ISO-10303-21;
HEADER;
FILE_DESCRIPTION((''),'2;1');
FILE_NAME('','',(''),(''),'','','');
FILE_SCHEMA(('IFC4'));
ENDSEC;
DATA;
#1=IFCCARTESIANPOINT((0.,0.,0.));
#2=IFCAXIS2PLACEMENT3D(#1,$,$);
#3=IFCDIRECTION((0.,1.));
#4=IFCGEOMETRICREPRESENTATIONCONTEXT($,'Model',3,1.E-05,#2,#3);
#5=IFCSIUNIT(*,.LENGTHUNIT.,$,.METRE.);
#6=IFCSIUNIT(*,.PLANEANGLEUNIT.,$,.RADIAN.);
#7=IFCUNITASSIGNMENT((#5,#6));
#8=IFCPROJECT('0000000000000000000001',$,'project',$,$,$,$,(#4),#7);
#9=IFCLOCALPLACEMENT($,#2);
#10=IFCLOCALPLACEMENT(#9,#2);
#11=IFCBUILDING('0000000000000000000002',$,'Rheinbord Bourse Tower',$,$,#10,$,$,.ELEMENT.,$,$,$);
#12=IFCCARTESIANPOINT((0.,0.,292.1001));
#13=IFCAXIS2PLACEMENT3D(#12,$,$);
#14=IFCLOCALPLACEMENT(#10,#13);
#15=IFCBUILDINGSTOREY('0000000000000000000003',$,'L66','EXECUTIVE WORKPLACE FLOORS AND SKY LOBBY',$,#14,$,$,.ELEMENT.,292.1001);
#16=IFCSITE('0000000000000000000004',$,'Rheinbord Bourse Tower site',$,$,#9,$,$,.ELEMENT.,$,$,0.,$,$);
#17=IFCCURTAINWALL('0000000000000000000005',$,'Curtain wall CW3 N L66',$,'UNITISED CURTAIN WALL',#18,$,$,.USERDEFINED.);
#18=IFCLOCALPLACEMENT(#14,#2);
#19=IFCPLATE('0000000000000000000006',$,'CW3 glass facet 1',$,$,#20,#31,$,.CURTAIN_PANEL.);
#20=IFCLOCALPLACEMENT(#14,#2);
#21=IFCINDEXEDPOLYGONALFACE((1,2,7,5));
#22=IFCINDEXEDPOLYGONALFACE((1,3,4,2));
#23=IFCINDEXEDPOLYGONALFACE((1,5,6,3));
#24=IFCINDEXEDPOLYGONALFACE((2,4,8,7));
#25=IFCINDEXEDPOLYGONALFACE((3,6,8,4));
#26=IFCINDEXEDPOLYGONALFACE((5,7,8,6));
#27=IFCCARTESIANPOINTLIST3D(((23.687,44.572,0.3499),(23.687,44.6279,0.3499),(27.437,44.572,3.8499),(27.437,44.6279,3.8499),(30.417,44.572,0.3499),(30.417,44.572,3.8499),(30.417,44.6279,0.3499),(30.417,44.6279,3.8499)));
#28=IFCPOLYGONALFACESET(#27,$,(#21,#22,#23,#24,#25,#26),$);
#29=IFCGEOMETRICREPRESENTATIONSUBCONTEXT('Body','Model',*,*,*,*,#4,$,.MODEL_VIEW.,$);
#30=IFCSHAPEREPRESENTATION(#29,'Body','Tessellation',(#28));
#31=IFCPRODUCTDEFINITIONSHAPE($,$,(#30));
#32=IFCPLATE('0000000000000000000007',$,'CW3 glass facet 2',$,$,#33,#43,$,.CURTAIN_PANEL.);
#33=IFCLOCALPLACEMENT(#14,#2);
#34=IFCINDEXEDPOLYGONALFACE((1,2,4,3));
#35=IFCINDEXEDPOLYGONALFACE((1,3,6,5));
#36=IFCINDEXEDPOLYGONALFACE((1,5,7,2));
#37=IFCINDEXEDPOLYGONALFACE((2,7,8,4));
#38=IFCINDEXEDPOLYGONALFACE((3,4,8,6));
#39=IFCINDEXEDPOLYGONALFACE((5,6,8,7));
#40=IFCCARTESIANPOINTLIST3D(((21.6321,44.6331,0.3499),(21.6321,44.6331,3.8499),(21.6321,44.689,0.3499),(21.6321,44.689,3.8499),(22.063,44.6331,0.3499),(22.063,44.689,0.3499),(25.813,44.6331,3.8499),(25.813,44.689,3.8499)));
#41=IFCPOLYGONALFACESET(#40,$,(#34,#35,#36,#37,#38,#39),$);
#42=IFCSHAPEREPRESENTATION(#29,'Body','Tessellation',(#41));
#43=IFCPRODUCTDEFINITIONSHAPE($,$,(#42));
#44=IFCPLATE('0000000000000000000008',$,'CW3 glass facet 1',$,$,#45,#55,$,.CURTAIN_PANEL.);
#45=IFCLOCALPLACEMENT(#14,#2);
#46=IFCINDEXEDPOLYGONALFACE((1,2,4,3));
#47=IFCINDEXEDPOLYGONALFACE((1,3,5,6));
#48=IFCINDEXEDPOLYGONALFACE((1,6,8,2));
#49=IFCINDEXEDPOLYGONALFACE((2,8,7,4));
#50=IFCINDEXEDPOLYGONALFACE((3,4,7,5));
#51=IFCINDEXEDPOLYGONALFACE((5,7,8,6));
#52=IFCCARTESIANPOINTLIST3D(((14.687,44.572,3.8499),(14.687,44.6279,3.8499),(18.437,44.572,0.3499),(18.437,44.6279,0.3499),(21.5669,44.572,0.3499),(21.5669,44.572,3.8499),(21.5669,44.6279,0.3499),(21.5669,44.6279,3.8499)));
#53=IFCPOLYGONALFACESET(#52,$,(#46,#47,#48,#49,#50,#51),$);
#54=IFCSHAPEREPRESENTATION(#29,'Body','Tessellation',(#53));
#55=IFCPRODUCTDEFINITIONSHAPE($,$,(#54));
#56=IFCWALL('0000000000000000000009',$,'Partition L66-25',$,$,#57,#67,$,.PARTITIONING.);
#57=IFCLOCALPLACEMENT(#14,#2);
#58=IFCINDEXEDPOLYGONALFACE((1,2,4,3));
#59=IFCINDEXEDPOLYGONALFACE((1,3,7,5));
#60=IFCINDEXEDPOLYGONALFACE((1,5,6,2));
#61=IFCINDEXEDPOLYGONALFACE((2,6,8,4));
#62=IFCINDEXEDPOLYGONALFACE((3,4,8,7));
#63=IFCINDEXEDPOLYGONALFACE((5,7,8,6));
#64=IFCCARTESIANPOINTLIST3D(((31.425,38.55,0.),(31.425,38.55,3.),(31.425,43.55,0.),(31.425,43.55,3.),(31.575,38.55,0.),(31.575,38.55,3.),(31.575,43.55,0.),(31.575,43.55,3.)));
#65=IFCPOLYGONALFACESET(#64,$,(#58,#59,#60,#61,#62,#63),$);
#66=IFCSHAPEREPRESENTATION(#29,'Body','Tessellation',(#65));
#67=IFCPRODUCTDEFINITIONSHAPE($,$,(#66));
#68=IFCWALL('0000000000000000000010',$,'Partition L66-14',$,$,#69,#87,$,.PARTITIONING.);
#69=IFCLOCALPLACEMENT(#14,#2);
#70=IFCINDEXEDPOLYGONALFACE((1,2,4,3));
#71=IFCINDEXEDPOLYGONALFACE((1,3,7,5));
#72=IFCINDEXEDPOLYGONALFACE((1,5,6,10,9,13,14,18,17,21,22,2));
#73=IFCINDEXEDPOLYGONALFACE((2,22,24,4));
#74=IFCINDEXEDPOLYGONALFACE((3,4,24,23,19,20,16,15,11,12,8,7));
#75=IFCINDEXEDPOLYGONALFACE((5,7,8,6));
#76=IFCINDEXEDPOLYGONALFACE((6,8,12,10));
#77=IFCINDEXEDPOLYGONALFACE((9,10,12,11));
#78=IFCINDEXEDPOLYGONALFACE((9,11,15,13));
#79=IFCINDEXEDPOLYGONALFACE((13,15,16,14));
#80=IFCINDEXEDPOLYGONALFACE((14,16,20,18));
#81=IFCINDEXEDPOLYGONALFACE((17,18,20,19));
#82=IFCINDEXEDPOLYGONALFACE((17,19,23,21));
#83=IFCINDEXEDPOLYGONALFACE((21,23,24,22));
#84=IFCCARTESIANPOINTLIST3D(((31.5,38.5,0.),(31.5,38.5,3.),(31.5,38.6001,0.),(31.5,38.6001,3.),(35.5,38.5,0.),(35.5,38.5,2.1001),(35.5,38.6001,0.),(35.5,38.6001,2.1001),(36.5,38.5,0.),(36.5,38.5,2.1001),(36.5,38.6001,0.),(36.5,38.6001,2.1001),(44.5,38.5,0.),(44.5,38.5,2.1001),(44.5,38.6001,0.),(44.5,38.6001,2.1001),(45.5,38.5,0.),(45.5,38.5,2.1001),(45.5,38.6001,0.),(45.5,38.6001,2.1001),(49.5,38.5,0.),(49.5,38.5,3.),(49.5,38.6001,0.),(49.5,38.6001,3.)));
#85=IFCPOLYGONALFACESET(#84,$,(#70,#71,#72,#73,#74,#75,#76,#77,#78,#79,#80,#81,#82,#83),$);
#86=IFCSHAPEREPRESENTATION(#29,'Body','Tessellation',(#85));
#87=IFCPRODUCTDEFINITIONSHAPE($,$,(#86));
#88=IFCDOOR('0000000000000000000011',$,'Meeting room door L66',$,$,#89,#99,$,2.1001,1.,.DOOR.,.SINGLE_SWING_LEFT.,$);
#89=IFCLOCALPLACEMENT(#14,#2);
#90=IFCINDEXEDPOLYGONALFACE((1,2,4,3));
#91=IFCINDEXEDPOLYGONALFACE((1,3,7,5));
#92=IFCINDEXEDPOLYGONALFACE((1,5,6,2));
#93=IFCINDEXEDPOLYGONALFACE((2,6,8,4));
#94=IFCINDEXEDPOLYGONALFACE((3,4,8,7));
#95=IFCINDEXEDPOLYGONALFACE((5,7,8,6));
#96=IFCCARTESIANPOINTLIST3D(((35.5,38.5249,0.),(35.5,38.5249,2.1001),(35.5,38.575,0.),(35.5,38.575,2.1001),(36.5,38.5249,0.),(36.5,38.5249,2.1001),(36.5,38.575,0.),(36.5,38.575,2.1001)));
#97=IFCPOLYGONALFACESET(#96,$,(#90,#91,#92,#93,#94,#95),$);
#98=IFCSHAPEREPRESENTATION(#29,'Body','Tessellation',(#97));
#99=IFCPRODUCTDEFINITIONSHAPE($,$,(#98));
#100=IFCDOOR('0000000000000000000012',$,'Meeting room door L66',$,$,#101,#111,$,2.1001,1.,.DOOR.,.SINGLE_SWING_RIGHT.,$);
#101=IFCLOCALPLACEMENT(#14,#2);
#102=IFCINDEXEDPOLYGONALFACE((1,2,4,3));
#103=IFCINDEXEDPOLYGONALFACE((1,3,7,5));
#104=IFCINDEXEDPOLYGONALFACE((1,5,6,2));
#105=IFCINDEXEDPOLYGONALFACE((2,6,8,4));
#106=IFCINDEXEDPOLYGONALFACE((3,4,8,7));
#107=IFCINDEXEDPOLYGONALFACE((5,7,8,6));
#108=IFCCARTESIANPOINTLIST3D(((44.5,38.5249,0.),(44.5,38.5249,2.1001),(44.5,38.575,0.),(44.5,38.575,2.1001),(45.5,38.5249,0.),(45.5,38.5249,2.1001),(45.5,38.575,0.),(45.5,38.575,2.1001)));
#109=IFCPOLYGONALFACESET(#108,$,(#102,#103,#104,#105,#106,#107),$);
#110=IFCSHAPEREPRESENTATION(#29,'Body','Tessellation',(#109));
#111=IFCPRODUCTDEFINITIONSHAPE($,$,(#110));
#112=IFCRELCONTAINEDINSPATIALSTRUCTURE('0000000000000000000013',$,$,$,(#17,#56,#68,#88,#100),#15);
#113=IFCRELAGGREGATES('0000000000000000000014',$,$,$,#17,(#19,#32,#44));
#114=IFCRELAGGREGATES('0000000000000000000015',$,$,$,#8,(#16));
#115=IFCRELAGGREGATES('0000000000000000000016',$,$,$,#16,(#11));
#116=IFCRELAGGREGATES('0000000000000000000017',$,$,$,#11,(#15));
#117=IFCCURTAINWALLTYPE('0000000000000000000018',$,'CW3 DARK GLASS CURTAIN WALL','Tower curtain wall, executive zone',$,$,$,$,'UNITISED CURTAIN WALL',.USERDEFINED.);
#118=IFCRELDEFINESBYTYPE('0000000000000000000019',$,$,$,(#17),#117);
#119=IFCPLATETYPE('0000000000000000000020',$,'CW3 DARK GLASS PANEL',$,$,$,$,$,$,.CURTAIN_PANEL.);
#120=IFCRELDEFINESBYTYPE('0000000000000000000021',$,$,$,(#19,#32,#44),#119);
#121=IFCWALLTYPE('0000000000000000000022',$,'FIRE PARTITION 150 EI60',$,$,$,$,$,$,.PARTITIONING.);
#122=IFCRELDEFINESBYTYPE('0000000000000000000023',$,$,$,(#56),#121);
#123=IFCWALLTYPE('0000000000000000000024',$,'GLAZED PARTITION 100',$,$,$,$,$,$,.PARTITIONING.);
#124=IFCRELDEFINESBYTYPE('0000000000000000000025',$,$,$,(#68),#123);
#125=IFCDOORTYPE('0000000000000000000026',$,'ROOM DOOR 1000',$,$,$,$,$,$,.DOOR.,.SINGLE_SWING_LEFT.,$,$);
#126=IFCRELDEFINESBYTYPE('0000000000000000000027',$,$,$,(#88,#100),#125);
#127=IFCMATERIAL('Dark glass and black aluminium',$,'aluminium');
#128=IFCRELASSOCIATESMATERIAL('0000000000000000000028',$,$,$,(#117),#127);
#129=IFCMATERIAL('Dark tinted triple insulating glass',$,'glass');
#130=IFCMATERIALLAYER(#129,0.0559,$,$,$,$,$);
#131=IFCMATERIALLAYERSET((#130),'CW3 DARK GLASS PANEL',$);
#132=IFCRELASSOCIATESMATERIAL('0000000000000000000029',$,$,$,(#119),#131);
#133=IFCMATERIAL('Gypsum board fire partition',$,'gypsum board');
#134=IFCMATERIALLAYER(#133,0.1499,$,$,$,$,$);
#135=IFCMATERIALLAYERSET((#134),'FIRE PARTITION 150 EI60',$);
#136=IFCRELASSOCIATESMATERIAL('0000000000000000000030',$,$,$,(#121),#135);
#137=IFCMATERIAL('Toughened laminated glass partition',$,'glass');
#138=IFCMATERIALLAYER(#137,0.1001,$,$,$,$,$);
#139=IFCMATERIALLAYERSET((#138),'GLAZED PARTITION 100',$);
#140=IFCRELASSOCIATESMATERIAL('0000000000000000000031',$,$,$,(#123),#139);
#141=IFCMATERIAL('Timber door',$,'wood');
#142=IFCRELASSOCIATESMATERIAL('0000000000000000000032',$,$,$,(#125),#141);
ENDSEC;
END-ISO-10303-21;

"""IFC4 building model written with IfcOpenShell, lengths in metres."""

from ifc_helpers import new_model, si_unit, direction, frame, frame_2d, origin, place, context, subcontext, project, spatial, polyline, rectangle, outline, extrude, material, layer, layer_set, type_object, element, fill, aggregate, save


model = new_model("IFC4")

# Units and contexts
model_context = context("Model", 3, precision=1e-05, world=origin(), true_north=direction((0.0, 1.0)))
body_context = subcontext(model_context, "Body", "Model", "MODEL_VIEW")
ifc_project = project(units=[si_unit("LENGTHUNIT", "METRE"), si_unit("PLANEANGLEUNIT", "RADIAN")], contexts=[model_context])

# Site, building, storey
site_placement = place(None, origin())
site = spatial("IfcSite", under=ifc_project, at=site_placement, Name="Rheinbord Bourse Tower site", CompositionType="ELEMENT", RefElevation=0.0)
building_placement = place(site_placement, origin())
building = spatial("IfcBuilding", under=site, at=building_placement, Name="Rheinbord Bourse Tower", CompositionType="ELEMENT")
storey_placement = place(building_placement, frame((0.0, 0.0, 292.1001)))
storey = spatial("IfcBuildingStorey", under=building, at=storey_placement, Name="L66", Description="EXECUTIVE WORKPLACE FLOORS AND SKY LOBBY", CompositionType="ELEMENT", Elevation=292.1001)

# Curtain wall
ifc_material_1 = material(Name="Dark glass and black aluminium", Category="aluminium")
curtain_wall_type = type_object("IfcCurtainWallType", Name="CW3 DARK GLASS CURTAIN WALL", Description="Tower curtain wall, executive zone", ElementType="UNITISED CURTAIN WALL", PredefinedType="USERDEFINED", material=ifc_material_1)
curtain_wall_placement = place(storey_placement, origin())
curtain_wall = element("IfcCurtainWall", 1, at=curtain_wall_placement, inside=storey, type_object=curtain_wall_type, Name="Curtain wall CW3 N L66", ObjectType="UNITISED CURTAIN WALL", PredefinedType="USERDEFINED")

# Plates
ifc_material_2 = material(Name="Dark tinted triple insulating glass", Category="glass")
ifc_layer_1 = layer(ifc_material_2, 0.0559)
ifc_layer_set_1 = layer_set([ifc_layer_1], Name="CW3 DARK GLASS PANEL")
plate_type = type_object("IfcPlateType", Name="CW3 DARK GLASS PANEL", PredefinedType="CURTAIN_PANEL", material=ifc_layer_set_1)
plate_1_placement = place(storey_placement, frame((30.417, 44.6279, 0.3499), z_axis=(0.0, -1.0, 0.0), x_axis=(0.0, 0.0, 1.0)))
plate_1 = element("IfcPlate", 2, at=plate_1_placement, type_object=plate_type, Name="CW3 glass facet 1", PredefinedType="CURTAIN_PANEL", context=body_context, shape_type="SweptSolid", body=[
    extrude(outline(polyline([(0.0, 0.0), (3.5, 0.0), (3.5, 2.98), (0.0, 6.73), (0.0, 0.0)])), origin(), (0.0, 0.0, 1.0), 0.0559),
])
plate_2_placement = place(storey_placement, frame((21.6321, 44.689, 3.8499), z_axis=(0.0, -1.0, 0.0), x_axis=(0.0, 0.0, -1.0)))
plate_2 = element("IfcPlate", 3, at=plate_2_placement, type_object=plate_type, Name="CW3 glass facet 2", PredefinedType="CURTAIN_PANEL", context=body_context, shape_type="SweptSolid", body=[
    extrude(outline(polyline([(0.0, 0.0), (3.5, 0.0), (3.5, 0.4309), (0.0, 4.1809), (0.0, 0.0)])), origin(), (0.0, 0.0, 1.0), 0.0559),
])
plate_3_placement = place(storey_placement, frame((21.5669, 44.6279, 0.3499), z_axis=(0.0, -1.0, 0.0), x_axis=(0.0, 0.0, 1.0)))
plate_3 = element("IfcPlate", 4, at=plate_3_placement, type_object=plate_type, Name="CW3 glass facet 1", PredefinedType="CURTAIN_PANEL", context=body_context, shape_type="SweptSolid", body=[
    extrude(outline(polyline([(0.0, 0.0), (3.5, 0.0), (3.5, 6.8799), (0.0, 3.1299), (0.0, 0.0)])), origin(), (0.0, 0.0, 1.0), 0.0559),
])
aggregate(curtain_wall, [plate_1, plate_2, plate_3])

# Wall
ifc_material_3 = material(Name="Gypsum board fire partition", Category="gypsum board")
ifc_layer_2 = layer(ifc_material_3, 0.1499)
ifc_layer_set_2 = layer_set([ifc_layer_2], Name="FIRE PARTITION 150 EI60")
wall_type_1 = type_object("IfcWallType", Name="FIRE PARTITION 150 EI60", PredefinedType="PARTITIONING", material=ifc_layer_set_2)
wall_1_placement = place(storey_placement, frame((31.5, 38.55, 0.0), z_axis=(0.0, 0.0, 1.0), x_axis=(0.0, 1.0, 0.0)))
element("IfcWall", 5, at=wall_1_placement, inside=storey, type_object=wall_type_1, Name="Partition L66-25", PredefinedType="PARTITIONING", context=body_context, shape_type="SweptSolid", body=[
    extrude(rectangle(XDim=5.0, YDim=0.1499, at=frame_2d((2.5, 0.0))), origin(), (0.0, 0.0, 1.0), 3.0),
])

# Wall, openings, doors
ifc_material_4 = material(Name="Toughened laminated glass partition", Category="glass")
ifc_layer_3 = layer(ifc_material_4, 0.1001)
ifc_layer_set_3 = layer_set([ifc_layer_3], Name="GLAZED PARTITION 100")
wall_type_2 = type_object("IfcWallType", Name="GLAZED PARTITION 100", PredefinedType="PARTITIONING", material=ifc_layer_set_3)
wall_2_placement = place(storey_placement, frame((31.5, 38.55, 0.0), z_axis=(0.0, 0.0, 1.0), x_axis=(1.0, 0.0, 0.0)))
wall_2 = element("IfcWall", 6, at=wall_2_placement, inside=storey, type_object=wall_type_2, Name="Partition L66-14", PredefinedType="PARTITIONING", context=body_context, shape_type="SweptSolid", body=[
    extrude(rectangle(XDim=18.0, YDim=0.1001, at=frame_2d((9.0, 0.0))), origin(), (0.0, 0.0, 1.0), 3.0),
])
opening_1_placement = place(wall_2_placement, frame((4.0, 0.0, 0.0)))
opening_1 = element("IfcOpeningElement", 7, at=opening_1_placement, cuts=wall_2, PredefinedType="OPENING", context=body_context, shape_type="SweptSolid", body=[
    extrude(rectangle(XDim=1.0, YDim=2.1001, at=frame_2d((0.5, 1.05))), frame((0.0, 0.0601, 0.0), z_axis=(0.0, -1.0, 0.0), x_axis=(1.0, 0.0, 0.0)), (0.0, 0.0, 1.0), 0.1201),
])
opening_2_placement = place(wall_2_placement, frame((13.0, 0.0, 0.0)))
opening_2 = element("IfcOpeningElement", 8, at=opening_2_placement, cuts=wall_2, PredefinedType="OPENING", context=body_context, shape_type="SweptSolid", body=[
    extrude(rectangle(XDim=1.0, YDim=2.1001, at=frame_2d((0.5, 1.05))), frame((0.0, 0.0601, 0.0), z_axis=(0.0, -1.0, 0.0), x_axis=(1.0, 0.0, 0.0)), (0.0, 0.0, 1.0), 0.1201),
])
ifc_material_5 = material(Name="Timber door", Category="wood")
door_type = type_object("IfcDoorType", Name="ROOM DOOR 1000", OperationType="SINGLE_SWING_LEFT", PredefinedType="DOOR", material=ifc_material_5)
door_1_placement = place(opening_1_placement, origin())
door_1 = element("IfcDoor", 9, at=door_1_placement, inside=storey, type_object=door_type, Name="Meeting room door L66", OperationType="SINGLE_SWING_LEFT", OverallHeight=2.1001, OverallWidth=1.0, PredefinedType="DOOR", context=body_context, shape_type="SweptSolid", body=[
    extrude(rectangle(XDim=1.0, YDim=2.1001, at=frame_2d((0.5, 1.05))), frame((0.0, 0.0249, 0.0), z_axis=(0.0, -1.0, 0.0), x_axis=(1.0, 0.0, 0.0)), (0.0, 0.0, 1.0), 0.05),
])
fill(opening_1, door_1)
door_2_placement = place(opening_2_placement, origin())
door_2 = element("IfcDoor", 10, at=door_2_placement, inside=storey, type_object=door_type, Name="Meeting room door L66", OperationType="SINGLE_SWING_RIGHT", OverallHeight=2.1001, OverallWidth=1.0, PredefinedType="DOOR", context=body_context, shape_type="SweptSolid", body=[
    extrude(rectangle(XDim=1.0, YDim=2.1001, at=frame_2d((0.5, 1.05))), frame((0.0, 0.0249, 0.0), z_axis=(0.0, -1.0, 0.0), x_axis=(1.0, 0.0, 0.0)), (0.0, 0.0, 1.0), 0.05),
])
fill(opening_2, door_2)

save(model, "model.ifc")
